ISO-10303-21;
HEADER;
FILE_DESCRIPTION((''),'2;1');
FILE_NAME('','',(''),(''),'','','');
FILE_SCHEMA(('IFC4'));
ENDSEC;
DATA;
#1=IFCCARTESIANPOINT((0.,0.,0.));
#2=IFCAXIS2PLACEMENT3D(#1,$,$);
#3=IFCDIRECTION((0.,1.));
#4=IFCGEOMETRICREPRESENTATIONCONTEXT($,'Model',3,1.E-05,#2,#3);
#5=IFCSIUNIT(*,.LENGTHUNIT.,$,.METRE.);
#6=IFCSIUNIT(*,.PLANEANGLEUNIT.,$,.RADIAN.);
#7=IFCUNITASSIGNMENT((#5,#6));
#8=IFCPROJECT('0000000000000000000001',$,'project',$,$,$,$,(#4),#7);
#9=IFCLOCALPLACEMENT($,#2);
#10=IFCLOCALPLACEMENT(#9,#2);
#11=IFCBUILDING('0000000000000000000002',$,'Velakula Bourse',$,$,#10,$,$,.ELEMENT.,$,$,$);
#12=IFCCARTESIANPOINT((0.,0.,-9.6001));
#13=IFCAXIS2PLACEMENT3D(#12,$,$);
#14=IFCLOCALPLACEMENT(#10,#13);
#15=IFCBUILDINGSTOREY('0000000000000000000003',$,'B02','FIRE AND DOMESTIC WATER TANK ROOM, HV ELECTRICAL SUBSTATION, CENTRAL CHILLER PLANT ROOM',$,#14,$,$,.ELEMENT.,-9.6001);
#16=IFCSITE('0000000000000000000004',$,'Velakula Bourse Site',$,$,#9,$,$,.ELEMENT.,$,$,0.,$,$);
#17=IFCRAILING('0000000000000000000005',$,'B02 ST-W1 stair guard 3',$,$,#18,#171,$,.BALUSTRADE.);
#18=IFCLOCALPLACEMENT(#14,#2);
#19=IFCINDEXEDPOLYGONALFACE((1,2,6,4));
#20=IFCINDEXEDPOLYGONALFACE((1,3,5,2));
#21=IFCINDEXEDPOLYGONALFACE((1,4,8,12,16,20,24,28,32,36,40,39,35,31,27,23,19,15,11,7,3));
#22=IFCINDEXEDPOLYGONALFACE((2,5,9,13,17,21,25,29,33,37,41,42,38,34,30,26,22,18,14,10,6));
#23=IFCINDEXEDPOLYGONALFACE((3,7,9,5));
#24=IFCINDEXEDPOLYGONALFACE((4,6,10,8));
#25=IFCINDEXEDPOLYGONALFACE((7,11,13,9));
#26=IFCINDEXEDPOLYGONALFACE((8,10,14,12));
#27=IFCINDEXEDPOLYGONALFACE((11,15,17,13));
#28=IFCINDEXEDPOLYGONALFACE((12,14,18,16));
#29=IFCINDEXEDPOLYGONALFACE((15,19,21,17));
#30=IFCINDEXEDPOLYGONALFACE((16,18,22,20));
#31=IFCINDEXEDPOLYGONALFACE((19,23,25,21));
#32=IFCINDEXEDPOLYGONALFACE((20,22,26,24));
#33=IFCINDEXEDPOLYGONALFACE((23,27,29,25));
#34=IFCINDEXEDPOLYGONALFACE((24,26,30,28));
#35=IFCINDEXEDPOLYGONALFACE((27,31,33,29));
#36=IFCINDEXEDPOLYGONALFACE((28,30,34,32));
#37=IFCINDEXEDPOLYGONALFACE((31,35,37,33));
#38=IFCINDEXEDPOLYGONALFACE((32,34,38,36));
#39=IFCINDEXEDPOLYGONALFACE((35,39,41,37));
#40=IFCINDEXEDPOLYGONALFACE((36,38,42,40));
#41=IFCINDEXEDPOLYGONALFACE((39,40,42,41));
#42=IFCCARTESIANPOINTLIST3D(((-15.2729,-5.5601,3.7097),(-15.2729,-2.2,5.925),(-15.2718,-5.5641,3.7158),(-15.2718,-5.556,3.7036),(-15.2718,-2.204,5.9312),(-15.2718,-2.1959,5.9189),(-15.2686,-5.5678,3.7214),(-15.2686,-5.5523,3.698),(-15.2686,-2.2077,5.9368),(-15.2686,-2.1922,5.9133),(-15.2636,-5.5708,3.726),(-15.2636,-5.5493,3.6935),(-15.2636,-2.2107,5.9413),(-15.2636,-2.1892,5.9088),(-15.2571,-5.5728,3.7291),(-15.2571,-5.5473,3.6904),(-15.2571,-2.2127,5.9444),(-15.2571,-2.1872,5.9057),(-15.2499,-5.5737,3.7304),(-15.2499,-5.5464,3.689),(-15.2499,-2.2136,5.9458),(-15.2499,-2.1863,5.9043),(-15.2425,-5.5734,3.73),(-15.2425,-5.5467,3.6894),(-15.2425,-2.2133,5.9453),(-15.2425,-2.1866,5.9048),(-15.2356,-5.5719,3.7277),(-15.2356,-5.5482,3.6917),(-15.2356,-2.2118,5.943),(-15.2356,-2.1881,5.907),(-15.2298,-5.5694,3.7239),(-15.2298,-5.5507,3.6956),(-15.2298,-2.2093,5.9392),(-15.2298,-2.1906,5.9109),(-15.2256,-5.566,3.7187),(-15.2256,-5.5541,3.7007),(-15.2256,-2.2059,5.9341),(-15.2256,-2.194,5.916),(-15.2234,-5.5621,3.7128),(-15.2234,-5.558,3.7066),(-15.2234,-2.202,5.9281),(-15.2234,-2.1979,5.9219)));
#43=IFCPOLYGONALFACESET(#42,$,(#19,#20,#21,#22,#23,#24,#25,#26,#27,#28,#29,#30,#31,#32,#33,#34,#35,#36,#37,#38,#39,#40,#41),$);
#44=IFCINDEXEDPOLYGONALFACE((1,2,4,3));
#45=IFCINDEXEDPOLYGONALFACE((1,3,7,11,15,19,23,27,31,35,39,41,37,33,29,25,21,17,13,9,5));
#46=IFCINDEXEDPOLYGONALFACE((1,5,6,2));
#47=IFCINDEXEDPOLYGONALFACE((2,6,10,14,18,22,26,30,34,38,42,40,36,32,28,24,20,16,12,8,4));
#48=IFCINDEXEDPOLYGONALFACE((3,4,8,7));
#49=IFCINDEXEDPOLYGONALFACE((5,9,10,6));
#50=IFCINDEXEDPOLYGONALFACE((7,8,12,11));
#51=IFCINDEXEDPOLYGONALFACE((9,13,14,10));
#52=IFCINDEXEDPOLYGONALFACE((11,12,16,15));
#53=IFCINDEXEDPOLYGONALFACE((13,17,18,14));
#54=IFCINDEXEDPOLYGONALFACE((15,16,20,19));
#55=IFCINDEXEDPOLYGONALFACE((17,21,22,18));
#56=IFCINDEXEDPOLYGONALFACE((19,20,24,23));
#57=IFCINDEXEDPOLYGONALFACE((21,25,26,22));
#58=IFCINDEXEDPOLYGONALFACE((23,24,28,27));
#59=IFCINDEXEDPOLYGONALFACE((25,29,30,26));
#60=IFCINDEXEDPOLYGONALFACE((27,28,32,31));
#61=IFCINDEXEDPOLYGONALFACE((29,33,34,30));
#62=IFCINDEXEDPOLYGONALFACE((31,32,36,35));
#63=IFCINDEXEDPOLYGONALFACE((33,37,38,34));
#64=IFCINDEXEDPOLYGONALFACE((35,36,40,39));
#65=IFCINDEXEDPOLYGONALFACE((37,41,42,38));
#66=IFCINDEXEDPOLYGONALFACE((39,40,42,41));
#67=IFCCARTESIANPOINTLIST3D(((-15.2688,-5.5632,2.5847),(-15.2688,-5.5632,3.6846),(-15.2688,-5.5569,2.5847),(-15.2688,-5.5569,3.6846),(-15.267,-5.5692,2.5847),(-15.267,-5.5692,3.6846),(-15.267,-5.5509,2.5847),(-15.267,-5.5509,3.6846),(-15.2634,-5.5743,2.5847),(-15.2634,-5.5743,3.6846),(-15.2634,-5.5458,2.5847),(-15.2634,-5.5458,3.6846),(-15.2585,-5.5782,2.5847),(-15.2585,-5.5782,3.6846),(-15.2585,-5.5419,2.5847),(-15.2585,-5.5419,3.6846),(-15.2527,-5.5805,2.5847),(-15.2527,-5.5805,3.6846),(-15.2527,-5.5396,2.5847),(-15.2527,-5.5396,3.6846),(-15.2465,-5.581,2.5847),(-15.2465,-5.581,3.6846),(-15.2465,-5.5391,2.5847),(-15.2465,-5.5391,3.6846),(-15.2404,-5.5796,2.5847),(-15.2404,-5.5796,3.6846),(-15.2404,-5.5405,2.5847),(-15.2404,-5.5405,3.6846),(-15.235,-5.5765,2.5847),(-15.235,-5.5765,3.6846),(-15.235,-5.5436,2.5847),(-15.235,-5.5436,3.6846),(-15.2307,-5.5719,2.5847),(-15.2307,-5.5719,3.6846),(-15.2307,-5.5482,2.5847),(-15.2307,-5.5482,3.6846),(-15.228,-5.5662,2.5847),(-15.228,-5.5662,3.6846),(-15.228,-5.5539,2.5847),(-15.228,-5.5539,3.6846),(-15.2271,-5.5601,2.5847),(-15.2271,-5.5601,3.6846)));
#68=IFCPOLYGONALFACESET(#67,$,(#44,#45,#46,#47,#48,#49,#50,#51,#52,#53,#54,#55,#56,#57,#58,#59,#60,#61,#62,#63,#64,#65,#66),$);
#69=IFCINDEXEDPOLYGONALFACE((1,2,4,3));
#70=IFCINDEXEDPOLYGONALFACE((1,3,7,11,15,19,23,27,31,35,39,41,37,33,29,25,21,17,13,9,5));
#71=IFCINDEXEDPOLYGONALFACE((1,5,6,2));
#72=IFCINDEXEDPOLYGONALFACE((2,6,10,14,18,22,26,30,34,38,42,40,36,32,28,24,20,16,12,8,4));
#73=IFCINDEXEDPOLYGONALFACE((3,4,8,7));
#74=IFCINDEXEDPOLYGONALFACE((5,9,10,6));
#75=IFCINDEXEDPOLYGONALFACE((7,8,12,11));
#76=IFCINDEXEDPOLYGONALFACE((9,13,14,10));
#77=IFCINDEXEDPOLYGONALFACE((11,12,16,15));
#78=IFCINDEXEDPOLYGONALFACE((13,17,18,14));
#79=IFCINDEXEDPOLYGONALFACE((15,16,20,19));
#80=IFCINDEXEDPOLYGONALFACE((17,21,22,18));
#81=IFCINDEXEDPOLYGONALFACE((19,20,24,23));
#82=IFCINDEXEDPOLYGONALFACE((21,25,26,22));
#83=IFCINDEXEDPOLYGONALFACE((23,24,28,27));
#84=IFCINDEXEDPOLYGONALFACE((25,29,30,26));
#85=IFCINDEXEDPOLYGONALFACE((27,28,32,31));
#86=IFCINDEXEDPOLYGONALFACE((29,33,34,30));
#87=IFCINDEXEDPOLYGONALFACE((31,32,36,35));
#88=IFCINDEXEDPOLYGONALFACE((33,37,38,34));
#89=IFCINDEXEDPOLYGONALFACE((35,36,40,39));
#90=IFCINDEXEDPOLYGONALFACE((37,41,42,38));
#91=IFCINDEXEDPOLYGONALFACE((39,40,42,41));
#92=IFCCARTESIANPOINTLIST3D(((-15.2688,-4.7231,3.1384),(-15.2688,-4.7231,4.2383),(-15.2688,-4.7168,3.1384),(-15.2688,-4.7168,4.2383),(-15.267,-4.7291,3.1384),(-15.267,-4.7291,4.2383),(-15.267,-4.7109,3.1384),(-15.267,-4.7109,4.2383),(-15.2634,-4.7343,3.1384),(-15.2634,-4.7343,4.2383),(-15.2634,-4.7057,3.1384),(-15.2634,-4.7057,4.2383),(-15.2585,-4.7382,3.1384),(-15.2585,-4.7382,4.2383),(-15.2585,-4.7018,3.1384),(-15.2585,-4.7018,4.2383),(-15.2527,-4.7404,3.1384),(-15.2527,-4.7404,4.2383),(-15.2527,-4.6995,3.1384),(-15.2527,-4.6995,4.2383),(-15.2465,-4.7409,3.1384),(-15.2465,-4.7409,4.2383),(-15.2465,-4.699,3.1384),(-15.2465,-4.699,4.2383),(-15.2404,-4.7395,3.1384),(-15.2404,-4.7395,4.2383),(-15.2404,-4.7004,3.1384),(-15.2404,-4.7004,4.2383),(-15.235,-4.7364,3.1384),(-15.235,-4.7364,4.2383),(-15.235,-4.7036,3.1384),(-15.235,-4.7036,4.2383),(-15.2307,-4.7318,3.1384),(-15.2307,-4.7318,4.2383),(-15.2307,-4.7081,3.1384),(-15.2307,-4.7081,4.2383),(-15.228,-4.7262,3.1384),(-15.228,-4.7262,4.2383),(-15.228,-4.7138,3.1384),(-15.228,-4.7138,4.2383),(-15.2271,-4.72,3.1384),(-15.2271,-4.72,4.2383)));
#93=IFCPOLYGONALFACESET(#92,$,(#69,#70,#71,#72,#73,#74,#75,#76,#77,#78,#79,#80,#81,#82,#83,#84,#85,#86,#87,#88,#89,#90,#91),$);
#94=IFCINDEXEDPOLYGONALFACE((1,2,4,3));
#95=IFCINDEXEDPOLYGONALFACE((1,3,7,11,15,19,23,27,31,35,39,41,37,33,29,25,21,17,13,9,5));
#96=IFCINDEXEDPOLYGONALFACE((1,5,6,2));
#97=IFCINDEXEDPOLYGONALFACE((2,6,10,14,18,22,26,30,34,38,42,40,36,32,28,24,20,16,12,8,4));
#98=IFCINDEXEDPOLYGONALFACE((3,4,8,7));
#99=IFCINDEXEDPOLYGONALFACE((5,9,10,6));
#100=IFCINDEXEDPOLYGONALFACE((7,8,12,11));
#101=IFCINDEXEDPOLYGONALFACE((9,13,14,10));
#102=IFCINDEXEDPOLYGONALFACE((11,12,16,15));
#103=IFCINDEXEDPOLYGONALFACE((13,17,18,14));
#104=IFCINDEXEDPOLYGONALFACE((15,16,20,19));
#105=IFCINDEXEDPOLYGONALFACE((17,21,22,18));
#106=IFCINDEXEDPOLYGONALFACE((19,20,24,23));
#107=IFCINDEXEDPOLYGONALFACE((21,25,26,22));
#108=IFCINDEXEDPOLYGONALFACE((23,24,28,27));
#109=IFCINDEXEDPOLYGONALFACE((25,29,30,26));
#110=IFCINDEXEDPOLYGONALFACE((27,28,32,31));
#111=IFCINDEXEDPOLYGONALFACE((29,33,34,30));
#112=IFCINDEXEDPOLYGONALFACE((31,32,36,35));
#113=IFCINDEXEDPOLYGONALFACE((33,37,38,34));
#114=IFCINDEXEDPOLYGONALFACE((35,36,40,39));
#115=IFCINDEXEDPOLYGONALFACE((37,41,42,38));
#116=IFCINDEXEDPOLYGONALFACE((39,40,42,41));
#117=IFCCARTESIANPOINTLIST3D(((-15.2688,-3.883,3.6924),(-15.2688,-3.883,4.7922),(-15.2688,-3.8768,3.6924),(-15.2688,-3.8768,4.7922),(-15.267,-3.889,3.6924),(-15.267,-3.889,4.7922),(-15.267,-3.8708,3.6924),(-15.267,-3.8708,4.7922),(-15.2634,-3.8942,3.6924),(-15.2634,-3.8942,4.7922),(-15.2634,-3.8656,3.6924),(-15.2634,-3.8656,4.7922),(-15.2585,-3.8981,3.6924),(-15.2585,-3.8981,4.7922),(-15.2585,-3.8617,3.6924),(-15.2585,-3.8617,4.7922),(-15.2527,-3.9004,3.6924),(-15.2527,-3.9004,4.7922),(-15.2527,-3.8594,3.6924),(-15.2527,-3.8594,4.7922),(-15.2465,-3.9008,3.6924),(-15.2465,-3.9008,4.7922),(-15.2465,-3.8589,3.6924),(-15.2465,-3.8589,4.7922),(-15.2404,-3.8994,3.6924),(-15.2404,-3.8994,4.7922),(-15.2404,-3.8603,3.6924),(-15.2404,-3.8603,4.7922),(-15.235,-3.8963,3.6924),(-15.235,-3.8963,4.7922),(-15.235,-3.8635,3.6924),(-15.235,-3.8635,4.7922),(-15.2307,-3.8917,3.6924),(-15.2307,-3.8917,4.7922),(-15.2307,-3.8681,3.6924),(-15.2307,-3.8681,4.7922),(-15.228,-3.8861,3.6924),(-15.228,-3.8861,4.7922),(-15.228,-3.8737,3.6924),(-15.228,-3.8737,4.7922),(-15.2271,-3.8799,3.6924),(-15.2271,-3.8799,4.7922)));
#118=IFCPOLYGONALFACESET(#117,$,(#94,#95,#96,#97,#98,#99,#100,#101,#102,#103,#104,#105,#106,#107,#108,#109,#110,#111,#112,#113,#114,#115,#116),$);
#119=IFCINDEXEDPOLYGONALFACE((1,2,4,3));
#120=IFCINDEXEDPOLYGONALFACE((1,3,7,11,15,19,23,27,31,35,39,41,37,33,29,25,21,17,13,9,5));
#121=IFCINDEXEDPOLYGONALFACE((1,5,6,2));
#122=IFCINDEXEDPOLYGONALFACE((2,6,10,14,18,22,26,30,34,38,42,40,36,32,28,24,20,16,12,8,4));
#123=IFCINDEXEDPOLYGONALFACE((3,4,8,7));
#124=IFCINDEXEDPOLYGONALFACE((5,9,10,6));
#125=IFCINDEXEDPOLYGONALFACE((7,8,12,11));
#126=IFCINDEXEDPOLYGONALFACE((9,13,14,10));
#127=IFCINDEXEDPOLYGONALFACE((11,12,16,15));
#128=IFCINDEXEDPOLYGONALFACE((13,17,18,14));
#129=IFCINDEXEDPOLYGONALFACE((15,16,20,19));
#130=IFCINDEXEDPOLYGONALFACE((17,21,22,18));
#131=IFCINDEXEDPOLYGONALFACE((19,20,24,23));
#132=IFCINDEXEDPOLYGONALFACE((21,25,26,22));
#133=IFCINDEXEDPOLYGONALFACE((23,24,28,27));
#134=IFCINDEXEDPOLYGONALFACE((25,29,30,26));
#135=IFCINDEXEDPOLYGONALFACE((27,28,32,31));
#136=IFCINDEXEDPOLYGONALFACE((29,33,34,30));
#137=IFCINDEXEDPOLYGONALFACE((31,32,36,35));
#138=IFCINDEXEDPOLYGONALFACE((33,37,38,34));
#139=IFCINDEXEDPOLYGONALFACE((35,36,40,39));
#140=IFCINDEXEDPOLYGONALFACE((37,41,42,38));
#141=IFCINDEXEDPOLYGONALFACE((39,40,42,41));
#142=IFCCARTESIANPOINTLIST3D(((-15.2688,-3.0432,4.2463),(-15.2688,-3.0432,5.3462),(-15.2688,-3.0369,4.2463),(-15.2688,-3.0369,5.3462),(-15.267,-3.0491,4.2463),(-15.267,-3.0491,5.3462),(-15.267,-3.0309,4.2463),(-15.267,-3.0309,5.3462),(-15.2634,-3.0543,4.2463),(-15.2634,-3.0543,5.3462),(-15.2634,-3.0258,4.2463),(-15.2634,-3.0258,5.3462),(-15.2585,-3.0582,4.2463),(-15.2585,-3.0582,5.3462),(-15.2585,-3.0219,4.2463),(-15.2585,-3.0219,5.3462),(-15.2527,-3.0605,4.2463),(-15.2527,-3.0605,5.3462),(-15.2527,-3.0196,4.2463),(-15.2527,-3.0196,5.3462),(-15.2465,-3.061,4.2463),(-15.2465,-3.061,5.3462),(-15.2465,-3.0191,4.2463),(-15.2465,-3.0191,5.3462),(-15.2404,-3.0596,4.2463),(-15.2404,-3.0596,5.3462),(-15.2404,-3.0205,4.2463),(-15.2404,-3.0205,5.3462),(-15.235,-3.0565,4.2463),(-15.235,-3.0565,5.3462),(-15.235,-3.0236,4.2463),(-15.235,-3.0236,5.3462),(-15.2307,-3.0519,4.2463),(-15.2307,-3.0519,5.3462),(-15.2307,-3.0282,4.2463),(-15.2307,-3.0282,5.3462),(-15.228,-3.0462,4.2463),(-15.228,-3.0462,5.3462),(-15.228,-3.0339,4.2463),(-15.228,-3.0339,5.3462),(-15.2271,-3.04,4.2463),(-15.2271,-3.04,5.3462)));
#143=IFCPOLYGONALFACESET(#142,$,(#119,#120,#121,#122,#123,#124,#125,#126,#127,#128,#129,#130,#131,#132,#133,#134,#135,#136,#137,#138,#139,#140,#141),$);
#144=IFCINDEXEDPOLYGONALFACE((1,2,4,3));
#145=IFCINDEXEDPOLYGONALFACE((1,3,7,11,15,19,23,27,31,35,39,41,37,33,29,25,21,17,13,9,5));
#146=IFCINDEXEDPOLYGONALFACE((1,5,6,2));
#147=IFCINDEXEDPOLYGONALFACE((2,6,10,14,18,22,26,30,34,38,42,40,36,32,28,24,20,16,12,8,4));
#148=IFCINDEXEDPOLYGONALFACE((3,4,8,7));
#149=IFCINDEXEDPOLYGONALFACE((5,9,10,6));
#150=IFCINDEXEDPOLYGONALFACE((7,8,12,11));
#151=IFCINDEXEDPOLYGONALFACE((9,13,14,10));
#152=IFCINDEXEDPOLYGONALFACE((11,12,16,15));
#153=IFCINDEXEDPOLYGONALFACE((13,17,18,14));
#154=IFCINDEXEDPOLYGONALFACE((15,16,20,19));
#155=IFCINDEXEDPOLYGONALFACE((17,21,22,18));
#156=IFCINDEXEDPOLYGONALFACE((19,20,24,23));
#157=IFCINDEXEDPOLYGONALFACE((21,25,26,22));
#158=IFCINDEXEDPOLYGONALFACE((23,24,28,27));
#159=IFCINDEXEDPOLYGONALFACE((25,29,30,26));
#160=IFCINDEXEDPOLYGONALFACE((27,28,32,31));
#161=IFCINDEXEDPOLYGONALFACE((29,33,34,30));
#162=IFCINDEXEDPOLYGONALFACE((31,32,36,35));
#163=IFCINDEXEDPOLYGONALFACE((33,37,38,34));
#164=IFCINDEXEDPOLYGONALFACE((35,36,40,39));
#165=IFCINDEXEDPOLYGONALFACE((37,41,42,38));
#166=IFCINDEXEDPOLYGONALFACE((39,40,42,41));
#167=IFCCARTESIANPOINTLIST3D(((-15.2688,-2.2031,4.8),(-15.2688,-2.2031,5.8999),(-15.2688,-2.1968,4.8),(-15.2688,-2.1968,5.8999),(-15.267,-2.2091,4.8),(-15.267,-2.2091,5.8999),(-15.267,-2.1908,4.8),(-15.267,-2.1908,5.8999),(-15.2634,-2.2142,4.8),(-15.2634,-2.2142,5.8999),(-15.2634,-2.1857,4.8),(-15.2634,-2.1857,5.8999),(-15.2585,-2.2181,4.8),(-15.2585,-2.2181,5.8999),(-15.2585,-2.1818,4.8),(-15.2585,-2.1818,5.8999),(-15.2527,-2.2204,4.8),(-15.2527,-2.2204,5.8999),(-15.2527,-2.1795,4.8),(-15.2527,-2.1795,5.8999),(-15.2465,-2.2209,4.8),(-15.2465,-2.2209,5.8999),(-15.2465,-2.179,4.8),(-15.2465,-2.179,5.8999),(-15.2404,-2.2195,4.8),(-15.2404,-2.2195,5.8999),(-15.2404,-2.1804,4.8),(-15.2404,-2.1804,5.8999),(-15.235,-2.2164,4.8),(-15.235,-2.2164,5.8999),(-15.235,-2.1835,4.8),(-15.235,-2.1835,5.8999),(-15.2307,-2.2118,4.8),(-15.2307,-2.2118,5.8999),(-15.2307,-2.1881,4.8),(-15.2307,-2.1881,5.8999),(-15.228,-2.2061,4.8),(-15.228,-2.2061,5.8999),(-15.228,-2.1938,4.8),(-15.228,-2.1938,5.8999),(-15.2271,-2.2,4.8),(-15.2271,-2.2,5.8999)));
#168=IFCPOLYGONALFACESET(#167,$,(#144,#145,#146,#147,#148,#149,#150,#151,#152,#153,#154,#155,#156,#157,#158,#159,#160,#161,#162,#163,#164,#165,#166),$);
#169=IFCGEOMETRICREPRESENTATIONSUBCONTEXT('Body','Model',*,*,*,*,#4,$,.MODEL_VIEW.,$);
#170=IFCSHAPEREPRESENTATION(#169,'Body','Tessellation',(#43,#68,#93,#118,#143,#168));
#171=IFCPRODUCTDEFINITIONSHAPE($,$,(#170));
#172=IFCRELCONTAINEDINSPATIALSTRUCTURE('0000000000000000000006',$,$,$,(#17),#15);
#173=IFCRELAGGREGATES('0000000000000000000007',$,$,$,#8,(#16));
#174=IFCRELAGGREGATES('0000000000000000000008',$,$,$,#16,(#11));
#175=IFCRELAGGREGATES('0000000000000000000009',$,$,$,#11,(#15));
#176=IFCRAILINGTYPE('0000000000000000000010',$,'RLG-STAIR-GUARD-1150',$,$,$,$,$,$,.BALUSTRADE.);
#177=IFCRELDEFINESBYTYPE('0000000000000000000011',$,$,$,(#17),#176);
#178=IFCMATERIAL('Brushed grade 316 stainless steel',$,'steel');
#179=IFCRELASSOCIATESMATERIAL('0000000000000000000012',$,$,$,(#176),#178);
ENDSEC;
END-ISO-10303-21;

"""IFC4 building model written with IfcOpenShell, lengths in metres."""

from ifc_helpers import new_model, si_unit, direction, frame, origin, origin_2d, place, context, subcontext, project, spatial, circle, extrude, material, type_object, element, save


model = new_model("IFC4")

# Units and contexts
model_context = context("Model", 3, precision=1e-05, world=origin(), true_north=direction((0.0, 1.0)))
body_context = subcontext(model_context, "Body", "Model", "MODEL_VIEW")
ifc_project = project(units=[si_unit("LENGTHUNIT", "METRE"), si_unit("PLANEANGLEUNIT", "RADIAN")], contexts=[model_context])

# Site, building, storey
site_placement = place(None, origin())
site = spatial("IfcSite", under=ifc_project, at=site_placement, Name="Velakula Bourse Site", CompositionType="ELEMENT", RefElevation=0.0)
building_placement = place(site_placement, origin())
building = spatial("IfcBuilding", under=site, at=building_placement, Name="Velakula Bourse", CompositionType="ELEMENT")
storey_placement = place(building_placement, frame((0.0, 0.0, -9.6001)))
storey = spatial("IfcBuildingStorey", under=building, at=storey_placement, Name="B02", Description="FIRE AND DOMESTIC WATER TANK ROOM, HV ELECTRICAL SUBSTATION, CENTRAL CHILLER PLANT ROOM", CompositionType="ELEMENT", Elevation=-9.6001)

# Shared definitions
ifc_material_1 = material(Name="Brushed grade 316 stainless steel", Category="steel")

# Railing
railing_type_1 = type_object("IfcRailingType", Name="RLG-STAIR-GUARD-1150", PredefinedType="BALUSTRADE", material=ifc_material_1)
railing_1_placement = place(storey_placement, frame((-15.248, -5.5601, 2.5847)))
element("IfcRailing", 1, at=railing_1_placement, inside=storey, type_object=railing_type_1, Name="B02 ST-W1 stair guard 3", PredefinedType="BALUSTRADE", context=body_context, shape_type="SweptSolid", body=[
    extrude(circle(Radius=0.0249, at=origin_2d()), frame((0.0, 0.0, 1.125), z_axis=(0.0, 0.834876, 0.550437), x_axis=(-1.0, 0.0, 0.0)), (0.0, 0.0, 1.0), 4.0247),
    extrude(circle(Radius=0.021, at=origin_2d()), origin(), (0.0, 0.0, 1.0), 1.0999),
    extrude(circle(Radius=0.021, at=origin_2d()), frame((0.0, 0.8401, 0.5537)), (0.0, 0.0, 1.0), 1.0999),
    extrude(circle(Radius=0.021, at=origin_2d()), frame((0.0, 1.6802, 1.1077)), (0.0, 0.0, 1.0), 1.0999),
    extrude(circle(Radius=0.021, at=origin_2d()), frame((0.0, 2.52, 1.6616)), (0.0, 0.0, 1.0), 1.0999),
    extrude(circle(Radius=0.021, at=origin_2d()), frame((0.0, 3.3601, 2.2153)), (0.0, 0.0, 1.0), 1.0999),
])

save(model, "model.ifc")
